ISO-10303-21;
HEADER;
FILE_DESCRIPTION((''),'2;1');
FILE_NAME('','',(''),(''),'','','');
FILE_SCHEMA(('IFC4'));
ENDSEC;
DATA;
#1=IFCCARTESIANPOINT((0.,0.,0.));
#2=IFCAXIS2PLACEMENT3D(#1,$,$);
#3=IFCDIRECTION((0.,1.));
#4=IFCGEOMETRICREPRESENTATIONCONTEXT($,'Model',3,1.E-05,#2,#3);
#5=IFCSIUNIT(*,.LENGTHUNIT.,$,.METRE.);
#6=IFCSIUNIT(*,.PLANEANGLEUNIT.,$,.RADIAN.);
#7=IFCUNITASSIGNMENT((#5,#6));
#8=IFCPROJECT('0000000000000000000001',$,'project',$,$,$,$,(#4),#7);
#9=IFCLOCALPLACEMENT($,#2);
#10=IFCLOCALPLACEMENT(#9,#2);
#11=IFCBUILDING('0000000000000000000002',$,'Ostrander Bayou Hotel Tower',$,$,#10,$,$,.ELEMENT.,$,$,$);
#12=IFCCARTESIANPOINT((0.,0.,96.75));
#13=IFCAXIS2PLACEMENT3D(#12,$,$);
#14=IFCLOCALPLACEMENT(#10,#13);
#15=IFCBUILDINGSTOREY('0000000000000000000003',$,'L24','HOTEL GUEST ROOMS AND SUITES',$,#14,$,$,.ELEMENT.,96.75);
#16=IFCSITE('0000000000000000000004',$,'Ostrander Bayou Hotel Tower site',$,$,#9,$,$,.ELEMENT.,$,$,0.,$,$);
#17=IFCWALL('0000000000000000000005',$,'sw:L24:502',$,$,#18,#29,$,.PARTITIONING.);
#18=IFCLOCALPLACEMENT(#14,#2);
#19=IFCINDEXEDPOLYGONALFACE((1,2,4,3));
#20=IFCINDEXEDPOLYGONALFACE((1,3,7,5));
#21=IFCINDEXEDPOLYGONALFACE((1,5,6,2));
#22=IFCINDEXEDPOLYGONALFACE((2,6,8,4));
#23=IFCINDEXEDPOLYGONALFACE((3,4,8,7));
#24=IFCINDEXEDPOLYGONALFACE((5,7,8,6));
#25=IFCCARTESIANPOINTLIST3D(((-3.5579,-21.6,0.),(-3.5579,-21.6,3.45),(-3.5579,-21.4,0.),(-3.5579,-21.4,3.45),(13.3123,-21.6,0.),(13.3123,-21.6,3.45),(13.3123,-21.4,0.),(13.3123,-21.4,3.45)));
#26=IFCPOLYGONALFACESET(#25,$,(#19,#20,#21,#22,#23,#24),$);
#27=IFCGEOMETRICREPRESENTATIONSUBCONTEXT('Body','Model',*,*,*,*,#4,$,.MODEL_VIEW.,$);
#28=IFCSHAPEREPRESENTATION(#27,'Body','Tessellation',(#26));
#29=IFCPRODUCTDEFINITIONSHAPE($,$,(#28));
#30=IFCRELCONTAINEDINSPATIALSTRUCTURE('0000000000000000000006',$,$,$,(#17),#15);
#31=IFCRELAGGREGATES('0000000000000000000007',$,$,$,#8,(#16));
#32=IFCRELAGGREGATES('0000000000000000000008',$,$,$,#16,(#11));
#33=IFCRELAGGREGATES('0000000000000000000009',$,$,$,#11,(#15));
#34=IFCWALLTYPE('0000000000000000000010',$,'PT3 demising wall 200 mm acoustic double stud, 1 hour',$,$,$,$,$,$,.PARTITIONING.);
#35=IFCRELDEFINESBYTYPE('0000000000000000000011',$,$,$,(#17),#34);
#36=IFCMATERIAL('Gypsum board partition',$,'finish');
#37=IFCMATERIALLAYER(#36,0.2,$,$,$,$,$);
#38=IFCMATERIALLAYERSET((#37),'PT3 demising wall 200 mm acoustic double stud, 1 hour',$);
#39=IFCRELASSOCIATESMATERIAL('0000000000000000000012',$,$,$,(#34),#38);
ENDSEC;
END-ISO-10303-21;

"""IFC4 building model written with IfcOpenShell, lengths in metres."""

from ifc_helpers import new_model, si_unit, direction, frame, frame_2d, origin, place, context, subcontext, project, spatial, rectangle, extrude, material, layer, layer_set, type_object, element, save


model = new_model("IFC4")

# Units and contexts
model_context = context("Model", 3, precision=1e-05, world=origin(), true_north=direction((0.0, 1.0)))
body_context = subcontext(model_context, "Body", "Model", "MODEL_VIEW")
ifc_project = project(units=[si_unit("LENGTHUNIT", "METRE"), si_unit("PLANEANGLEUNIT", "RADIAN")], contexts=[model_context])

# Site, building, storey
site_placement = place(None, origin())
site = spatial("IfcSite", under=ifc_project, at=site_placement, Name="Ostrander Bayou Hotel Tower site", CompositionType="ELEMENT", RefElevation=0.0)
building_placement = place(site_placement, origin())
building = spatial("IfcBuilding", under=site, at=building_placement, Name="Ostrander Bayou Hotel Tower", CompositionType="ELEMENT")
storey_placement = place(building_placement, frame((0.0, 0.0, 96.75)))
storey = spatial("IfcBuildingStorey", under=building, at=storey_placement, Name="L24", Description="HOTEL GUEST ROOMS AND SUITES", CompositionType="ELEMENT", Elevation=96.75)

# Wall
ifc_material_1 = material(Name="Gypsum board partition", Category="finish")
ifc_layer_1 = layer(ifc_material_1, 0.2)
ifc_layer_set_1 = layer_set([ifc_layer_1], Name="PT3 demising wall 200 mm acoustic double stud, 1 hour")
wall_type = type_object("IfcWallType", Name="PT3 demising wall 200 mm acoustic double stud, 1 hour", PredefinedType="PARTITIONING", material=ifc_layer_set_1)
wall_placement = place(storey_placement, frame((-3.5579, -21.5, 0.0), z_axis=(0.0, 0.0, 1.0), x_axis=(1.0, 0.0, 0.0)))
element("IfcWall", 1, at=wall_placement, inside=storey, type_object=wall_type, Name="sw:L24:502", PredefinedType="PARTITIONING", context=body_context, shape_type="SweptSolid", body=[
    extrude(rectangle(XDim=16.8701, YDim=0.2, at=frame_2d((8.4351, 0.0))), origin(), (0.0, 0.0, 1.0), 3.45),
])

save(model, "model.ifc")
